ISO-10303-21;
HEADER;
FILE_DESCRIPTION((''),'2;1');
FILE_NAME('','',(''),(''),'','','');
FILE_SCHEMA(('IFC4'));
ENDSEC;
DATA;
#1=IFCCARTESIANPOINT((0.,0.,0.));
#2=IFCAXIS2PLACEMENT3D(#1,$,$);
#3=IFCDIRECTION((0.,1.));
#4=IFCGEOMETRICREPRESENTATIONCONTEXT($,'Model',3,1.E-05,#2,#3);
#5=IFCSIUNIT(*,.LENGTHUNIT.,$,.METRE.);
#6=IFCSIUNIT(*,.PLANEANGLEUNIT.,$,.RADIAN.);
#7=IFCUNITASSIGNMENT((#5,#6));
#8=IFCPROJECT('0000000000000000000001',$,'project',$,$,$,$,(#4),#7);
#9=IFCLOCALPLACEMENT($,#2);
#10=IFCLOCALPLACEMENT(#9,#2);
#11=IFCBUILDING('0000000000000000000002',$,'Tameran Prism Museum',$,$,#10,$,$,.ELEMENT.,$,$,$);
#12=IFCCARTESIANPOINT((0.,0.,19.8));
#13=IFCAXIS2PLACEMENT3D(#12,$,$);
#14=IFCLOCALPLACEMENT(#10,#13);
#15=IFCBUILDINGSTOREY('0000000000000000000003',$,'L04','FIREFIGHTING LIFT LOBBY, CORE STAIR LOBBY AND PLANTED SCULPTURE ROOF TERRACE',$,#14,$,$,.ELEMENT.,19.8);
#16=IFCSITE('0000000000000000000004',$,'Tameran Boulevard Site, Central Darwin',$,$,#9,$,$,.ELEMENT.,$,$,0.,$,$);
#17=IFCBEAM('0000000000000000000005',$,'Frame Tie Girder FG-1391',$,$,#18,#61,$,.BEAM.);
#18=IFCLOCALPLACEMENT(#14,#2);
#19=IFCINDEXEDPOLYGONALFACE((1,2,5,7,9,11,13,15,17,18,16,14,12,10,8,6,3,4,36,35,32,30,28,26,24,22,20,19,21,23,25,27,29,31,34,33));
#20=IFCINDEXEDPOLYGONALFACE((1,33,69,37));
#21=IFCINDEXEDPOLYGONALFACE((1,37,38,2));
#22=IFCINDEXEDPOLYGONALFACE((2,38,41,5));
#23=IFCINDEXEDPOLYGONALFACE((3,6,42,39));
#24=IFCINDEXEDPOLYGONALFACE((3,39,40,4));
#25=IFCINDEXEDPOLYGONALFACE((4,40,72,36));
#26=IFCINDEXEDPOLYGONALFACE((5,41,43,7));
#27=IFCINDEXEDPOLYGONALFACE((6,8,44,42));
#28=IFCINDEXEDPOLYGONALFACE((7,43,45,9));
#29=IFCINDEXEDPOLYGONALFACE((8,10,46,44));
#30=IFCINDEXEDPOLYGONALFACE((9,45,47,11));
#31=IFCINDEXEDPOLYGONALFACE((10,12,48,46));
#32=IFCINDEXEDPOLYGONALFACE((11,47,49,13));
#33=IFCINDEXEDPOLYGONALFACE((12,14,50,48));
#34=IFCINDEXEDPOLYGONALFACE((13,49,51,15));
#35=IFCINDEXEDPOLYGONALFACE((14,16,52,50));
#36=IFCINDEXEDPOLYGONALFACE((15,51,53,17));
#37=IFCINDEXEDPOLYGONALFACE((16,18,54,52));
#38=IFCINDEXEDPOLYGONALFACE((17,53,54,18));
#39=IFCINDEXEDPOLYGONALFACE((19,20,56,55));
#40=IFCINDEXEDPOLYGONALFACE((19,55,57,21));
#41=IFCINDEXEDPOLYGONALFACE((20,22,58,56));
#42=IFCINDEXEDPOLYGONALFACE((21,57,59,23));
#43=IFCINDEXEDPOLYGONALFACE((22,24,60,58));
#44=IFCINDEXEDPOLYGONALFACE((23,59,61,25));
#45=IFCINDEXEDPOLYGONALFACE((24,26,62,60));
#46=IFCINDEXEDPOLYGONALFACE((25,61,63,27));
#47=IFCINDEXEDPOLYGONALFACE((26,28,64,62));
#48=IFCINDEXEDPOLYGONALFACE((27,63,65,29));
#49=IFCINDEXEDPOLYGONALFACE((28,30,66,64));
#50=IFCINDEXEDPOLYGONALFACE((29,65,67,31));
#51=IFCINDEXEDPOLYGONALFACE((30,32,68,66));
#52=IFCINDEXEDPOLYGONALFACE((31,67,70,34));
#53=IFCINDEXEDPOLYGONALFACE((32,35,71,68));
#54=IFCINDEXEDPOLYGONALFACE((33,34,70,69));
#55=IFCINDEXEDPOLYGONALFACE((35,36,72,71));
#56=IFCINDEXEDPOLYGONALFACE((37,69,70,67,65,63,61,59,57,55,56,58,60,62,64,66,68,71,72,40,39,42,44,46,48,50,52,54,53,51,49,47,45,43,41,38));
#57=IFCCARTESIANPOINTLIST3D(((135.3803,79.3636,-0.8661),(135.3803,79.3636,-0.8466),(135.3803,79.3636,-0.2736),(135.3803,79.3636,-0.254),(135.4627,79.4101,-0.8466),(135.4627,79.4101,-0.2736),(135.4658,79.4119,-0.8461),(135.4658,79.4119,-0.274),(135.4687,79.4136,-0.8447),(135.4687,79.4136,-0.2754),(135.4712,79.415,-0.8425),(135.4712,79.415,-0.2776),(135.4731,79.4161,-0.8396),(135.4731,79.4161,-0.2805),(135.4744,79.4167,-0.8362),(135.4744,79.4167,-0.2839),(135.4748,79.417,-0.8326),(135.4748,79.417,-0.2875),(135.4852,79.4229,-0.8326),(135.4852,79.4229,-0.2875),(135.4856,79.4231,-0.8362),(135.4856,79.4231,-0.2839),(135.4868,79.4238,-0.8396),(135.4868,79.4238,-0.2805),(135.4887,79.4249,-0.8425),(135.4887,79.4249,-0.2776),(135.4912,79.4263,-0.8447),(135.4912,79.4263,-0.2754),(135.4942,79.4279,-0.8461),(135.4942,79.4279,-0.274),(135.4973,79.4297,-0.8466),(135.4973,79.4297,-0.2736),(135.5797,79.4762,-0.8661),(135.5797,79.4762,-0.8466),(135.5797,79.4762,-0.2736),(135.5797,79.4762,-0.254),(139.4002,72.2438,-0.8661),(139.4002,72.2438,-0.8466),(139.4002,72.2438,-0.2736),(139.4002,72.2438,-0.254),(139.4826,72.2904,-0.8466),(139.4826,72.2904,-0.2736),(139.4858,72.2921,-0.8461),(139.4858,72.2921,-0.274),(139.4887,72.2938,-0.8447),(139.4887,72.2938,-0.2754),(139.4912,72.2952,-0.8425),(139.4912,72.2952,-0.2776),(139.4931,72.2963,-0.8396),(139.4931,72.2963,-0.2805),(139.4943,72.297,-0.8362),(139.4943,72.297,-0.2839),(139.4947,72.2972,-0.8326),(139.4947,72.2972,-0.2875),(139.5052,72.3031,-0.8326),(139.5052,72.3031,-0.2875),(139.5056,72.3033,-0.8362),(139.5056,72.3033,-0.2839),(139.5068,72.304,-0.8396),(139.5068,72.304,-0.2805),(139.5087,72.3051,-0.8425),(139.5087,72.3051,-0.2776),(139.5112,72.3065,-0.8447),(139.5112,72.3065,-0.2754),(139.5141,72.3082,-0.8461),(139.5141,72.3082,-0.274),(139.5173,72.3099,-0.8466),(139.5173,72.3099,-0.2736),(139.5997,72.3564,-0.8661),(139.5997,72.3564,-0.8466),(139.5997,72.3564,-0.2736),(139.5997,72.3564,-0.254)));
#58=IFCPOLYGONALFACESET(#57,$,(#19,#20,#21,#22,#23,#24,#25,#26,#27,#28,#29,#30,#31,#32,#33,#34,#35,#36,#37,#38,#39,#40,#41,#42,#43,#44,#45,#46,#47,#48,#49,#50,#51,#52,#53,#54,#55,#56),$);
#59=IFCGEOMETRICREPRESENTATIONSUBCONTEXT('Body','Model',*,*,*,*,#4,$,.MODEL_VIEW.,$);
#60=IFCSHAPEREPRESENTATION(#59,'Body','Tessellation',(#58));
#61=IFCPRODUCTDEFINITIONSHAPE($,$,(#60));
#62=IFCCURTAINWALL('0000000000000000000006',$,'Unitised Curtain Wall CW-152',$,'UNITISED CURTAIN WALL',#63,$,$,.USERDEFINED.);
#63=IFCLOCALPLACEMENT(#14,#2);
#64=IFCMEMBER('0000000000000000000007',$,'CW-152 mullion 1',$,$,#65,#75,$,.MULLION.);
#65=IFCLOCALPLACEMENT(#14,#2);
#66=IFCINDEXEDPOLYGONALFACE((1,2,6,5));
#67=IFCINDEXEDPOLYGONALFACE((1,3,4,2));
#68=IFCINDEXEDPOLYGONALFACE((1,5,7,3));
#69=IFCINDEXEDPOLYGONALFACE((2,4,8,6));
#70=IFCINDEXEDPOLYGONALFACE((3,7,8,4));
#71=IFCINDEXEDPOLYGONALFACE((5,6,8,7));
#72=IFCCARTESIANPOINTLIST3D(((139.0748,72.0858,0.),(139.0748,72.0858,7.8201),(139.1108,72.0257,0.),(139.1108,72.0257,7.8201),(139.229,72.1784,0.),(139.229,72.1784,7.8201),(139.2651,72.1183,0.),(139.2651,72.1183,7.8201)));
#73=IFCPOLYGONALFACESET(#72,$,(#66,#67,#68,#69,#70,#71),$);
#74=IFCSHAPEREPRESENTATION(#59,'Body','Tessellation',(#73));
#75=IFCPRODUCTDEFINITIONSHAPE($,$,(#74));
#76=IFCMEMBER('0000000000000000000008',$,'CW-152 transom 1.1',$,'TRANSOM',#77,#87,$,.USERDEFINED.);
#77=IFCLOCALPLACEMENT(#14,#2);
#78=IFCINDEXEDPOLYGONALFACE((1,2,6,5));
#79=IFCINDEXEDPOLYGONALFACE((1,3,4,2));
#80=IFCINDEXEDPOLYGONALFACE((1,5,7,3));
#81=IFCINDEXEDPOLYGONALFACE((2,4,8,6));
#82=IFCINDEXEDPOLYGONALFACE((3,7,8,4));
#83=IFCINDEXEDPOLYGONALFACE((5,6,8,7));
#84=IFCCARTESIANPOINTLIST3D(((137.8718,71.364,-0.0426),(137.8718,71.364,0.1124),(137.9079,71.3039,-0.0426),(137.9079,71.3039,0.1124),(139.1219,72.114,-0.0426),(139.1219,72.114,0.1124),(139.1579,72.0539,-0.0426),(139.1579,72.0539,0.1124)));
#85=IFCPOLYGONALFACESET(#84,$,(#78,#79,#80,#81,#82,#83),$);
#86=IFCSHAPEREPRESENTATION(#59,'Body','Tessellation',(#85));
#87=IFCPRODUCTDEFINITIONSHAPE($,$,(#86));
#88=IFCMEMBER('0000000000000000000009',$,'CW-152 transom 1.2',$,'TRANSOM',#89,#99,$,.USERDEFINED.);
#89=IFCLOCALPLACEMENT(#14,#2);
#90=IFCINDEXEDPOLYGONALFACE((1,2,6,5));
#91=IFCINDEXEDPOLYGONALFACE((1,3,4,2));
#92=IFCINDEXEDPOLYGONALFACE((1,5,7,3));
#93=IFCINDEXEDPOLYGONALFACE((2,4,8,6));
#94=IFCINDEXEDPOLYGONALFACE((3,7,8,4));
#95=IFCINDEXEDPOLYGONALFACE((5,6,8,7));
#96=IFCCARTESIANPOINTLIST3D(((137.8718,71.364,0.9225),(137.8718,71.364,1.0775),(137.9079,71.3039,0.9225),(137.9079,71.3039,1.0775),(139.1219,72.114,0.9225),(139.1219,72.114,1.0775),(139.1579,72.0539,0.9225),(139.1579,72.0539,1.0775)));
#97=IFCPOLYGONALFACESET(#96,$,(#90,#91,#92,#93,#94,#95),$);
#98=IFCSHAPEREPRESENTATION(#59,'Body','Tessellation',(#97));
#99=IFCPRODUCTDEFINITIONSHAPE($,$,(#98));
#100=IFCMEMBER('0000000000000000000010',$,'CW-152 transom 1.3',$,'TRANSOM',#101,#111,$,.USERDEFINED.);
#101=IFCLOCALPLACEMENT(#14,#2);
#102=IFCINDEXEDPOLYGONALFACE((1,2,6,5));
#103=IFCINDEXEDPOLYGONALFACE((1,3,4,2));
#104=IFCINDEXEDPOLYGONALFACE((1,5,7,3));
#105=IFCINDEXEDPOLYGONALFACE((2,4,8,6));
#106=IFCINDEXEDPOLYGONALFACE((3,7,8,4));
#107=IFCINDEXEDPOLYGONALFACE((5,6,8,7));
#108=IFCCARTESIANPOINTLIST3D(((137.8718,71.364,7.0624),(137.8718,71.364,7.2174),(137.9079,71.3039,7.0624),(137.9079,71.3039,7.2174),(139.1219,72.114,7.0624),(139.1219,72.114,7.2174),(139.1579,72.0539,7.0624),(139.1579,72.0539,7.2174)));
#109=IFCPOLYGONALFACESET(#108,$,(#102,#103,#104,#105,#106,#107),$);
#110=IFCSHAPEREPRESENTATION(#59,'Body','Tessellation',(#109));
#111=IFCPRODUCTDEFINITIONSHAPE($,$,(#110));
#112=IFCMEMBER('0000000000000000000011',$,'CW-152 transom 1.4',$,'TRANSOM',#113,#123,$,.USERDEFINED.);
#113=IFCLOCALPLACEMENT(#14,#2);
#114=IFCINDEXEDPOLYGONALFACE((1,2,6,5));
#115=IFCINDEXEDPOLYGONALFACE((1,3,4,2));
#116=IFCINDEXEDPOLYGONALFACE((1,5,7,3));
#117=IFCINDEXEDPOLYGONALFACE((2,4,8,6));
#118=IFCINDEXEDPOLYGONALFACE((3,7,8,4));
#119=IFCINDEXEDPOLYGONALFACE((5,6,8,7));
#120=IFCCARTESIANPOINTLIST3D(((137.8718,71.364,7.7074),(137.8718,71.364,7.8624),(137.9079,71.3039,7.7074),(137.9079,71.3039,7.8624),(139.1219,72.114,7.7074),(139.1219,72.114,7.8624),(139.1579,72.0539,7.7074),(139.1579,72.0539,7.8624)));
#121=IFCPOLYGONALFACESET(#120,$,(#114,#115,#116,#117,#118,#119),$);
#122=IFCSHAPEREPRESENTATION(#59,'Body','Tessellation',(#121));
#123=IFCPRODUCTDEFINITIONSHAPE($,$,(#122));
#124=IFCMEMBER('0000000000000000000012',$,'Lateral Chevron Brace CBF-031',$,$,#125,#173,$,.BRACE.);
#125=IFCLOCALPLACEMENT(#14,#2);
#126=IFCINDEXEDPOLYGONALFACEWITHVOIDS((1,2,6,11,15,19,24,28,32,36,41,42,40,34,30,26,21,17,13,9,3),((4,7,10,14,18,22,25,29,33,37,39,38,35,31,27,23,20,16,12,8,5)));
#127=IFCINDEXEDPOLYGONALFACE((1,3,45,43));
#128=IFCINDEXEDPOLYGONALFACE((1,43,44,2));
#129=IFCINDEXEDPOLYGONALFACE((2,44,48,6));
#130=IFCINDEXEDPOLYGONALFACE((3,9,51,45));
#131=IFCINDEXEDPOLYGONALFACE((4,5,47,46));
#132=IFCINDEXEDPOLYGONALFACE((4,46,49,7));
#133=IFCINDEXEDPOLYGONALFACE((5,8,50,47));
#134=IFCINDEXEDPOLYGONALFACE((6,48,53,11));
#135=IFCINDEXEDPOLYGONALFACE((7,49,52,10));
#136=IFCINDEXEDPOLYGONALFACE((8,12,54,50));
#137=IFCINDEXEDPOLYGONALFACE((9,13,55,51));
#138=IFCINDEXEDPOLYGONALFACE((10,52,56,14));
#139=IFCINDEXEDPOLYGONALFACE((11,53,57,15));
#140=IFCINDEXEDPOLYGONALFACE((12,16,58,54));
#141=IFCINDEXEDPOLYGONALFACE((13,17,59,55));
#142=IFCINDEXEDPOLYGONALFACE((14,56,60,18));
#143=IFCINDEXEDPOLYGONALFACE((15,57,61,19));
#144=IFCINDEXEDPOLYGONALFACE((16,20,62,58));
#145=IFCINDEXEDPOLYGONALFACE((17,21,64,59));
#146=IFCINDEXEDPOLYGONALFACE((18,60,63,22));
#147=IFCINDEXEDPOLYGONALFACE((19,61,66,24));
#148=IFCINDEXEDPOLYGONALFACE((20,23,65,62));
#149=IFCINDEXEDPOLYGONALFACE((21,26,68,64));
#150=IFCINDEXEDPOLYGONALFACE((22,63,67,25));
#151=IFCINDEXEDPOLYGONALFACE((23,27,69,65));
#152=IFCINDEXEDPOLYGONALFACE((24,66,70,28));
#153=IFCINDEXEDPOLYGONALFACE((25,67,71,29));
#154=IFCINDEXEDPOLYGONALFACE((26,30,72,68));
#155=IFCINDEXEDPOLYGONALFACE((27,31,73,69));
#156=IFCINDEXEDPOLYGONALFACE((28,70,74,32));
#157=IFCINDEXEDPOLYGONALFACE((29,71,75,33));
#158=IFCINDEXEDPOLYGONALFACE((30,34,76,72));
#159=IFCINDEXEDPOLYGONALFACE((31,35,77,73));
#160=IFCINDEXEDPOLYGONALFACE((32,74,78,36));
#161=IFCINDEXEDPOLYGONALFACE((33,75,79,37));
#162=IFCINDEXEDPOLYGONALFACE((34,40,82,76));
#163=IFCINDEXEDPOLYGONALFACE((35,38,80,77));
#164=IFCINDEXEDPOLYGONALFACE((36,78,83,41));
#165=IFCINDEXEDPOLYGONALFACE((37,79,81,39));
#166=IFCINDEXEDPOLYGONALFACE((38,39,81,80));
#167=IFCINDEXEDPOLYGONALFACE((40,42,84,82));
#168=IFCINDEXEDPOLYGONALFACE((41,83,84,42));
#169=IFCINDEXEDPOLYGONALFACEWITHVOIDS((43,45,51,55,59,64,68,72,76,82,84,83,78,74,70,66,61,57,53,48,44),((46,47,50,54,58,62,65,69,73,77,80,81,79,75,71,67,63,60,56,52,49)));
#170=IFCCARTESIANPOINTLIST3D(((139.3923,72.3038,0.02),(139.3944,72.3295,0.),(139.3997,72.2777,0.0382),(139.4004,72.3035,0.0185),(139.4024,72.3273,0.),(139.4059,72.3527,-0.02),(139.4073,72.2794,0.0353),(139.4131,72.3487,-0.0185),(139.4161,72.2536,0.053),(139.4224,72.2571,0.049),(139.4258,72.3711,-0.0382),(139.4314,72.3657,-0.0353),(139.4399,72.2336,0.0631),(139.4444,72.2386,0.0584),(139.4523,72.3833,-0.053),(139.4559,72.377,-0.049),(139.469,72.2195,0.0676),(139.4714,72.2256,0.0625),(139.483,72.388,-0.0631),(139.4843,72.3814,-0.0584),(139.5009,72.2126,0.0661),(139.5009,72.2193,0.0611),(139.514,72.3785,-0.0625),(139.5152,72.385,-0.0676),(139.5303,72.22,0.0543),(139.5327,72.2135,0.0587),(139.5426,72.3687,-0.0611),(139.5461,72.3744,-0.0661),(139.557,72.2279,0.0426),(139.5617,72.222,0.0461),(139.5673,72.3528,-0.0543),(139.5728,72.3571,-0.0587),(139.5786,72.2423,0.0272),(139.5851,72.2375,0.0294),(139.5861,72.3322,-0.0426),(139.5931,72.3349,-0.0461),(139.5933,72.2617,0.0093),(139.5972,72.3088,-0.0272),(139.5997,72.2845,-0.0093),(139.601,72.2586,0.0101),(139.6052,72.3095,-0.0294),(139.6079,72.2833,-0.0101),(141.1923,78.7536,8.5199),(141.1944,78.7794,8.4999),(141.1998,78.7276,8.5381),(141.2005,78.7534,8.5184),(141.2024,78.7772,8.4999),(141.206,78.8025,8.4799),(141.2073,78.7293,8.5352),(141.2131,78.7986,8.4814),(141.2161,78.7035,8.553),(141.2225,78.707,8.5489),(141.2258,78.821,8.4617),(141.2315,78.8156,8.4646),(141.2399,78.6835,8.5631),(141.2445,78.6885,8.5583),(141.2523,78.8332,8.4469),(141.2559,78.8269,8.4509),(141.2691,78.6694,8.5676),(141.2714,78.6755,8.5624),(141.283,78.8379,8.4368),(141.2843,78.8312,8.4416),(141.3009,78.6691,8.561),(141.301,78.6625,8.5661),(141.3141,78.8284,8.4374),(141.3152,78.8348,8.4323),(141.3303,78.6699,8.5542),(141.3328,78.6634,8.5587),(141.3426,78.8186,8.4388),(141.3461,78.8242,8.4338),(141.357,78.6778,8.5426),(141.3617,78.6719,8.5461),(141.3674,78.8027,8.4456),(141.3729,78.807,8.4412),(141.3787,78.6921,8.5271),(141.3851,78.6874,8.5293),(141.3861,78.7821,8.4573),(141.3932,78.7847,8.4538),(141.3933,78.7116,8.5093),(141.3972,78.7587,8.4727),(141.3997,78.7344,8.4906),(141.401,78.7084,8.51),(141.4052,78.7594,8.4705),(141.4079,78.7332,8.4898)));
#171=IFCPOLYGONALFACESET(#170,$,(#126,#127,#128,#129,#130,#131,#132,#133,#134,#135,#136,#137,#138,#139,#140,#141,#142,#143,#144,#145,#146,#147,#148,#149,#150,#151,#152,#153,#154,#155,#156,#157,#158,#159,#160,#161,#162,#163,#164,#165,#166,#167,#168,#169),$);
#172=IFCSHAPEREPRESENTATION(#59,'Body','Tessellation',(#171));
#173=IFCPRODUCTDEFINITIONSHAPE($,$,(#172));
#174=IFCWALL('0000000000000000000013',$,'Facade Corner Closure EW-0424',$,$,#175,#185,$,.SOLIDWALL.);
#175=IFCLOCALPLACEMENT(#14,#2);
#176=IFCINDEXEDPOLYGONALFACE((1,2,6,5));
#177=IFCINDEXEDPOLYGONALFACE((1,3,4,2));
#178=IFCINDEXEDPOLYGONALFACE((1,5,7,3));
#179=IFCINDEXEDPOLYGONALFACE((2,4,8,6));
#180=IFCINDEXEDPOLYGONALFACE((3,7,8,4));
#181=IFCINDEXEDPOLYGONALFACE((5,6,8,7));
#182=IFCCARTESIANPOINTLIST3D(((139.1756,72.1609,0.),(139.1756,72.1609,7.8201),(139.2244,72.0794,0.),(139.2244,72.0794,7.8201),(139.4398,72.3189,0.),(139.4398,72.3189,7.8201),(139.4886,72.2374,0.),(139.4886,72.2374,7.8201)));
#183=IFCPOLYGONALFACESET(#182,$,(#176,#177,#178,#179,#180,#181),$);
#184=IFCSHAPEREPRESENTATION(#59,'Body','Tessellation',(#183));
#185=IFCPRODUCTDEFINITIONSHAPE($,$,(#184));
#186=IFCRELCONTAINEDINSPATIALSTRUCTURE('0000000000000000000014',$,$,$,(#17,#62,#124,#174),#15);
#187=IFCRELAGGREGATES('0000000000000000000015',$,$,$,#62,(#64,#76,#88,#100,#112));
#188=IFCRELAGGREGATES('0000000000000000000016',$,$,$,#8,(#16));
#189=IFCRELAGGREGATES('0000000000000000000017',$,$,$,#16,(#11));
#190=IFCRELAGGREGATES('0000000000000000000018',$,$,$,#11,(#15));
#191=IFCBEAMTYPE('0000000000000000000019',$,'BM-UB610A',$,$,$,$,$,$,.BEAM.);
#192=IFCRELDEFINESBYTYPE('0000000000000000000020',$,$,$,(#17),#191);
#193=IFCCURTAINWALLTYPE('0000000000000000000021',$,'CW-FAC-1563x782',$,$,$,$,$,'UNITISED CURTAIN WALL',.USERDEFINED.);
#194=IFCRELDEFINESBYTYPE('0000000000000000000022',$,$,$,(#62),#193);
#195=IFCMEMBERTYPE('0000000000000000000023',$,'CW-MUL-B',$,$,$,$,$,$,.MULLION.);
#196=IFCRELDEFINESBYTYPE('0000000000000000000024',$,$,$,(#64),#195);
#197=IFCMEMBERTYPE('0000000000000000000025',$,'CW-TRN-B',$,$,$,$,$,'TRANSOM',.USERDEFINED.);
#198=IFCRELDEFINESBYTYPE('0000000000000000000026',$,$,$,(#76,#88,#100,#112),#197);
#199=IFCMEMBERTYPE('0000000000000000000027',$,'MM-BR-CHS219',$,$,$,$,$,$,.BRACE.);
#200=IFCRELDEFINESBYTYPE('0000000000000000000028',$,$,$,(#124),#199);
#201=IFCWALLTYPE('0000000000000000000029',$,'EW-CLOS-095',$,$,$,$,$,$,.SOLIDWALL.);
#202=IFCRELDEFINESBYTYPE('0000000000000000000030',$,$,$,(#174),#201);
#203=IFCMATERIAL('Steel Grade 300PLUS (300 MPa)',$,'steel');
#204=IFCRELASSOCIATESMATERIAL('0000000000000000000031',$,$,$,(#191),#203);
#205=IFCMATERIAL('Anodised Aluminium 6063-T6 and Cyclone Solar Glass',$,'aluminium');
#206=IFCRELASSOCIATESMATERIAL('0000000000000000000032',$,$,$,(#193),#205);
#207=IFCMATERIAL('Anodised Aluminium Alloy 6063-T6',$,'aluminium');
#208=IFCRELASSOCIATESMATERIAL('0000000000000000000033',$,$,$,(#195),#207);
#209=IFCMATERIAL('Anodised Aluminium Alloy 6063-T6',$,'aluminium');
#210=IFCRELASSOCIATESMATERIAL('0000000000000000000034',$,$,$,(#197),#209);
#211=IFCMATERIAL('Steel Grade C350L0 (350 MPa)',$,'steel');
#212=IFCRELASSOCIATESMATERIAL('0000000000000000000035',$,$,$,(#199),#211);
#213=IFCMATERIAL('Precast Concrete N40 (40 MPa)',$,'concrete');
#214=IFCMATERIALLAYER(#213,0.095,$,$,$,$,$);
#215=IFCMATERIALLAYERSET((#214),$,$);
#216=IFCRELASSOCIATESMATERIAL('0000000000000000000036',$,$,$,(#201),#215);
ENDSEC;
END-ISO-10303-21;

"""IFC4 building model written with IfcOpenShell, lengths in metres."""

from ifc_helpers import new_model, si_unit, direction, frame, frame_2d, origin, origin_2d, place, context, subcontext, project, spatial, rectangle, hollow_circle, i_section, extrude, material, layer, layer_set, material_profile, profile_set, type_object, element, aggregate, save


model = new_model("IFC4")

# Units and contexts
model_context = context("Model", 3, precision=1e-05, world=origin(), true_north=direction((0.0, 1.0)))
body_context = subcontext(model_context, "Body", "Model", "MODEL_VIEW")
ifc_project = project(units=[si_unit("LENGTHUNIT", "METRE"), si_unit("PLANEANGLEUNIT", "RADIAN")], contexts=[model_context])

# Site, building, storey
site_placement = place(None, origin())
site = spatial("IfcSite", under=ifc_project, at=site_placement, Name="Tameran Boulevard Site, Central Darwin", CompositionType="ELEMENT", RefElevation=0.0)
building_placement = place(site_placement, origin())
building = spatial("IfcBuilding", under=site, at=building_placement, Name="Tameran Prism Museum", CompositionType="ELEMENT")
storey_placement = place(building_placement, frame((0.0, 0.0, 19.8)))
storey = spatial("IfcBuildingStorey", under=building, at=storey_placement, Name="L04", Description="FIREFIGHTING LIFT LOBBY, CORE STAIR LOBBY AND PLANTED SCULPTURE ROOF TERRACE", CompositionType="ELEMENT", Elevation=19.8)

# Beam
ifc_material_1 = material(Name="Steel Grade 300PLUS (300 MPa)", Category="steel")
ifc_material_profile_1 = material_profile(ifc_material_1, i_section(OverallWidth=0.229, OverallDepth=0.6121, WebThickness=0.012, FlangeThickness=0.0195, FilletRadius=0.0139, at=origin_2d()))
ifc_profile_set_1 = profile_set([ifc_material_profile_1])
beam_type_1 = type_object("IfcBeamType", Name="BM-UB610A", PredefinedType="BEAM", material=ifc_profile_set_1)
beam_1_placement = place(storey_placement, frame((135.48, 79.4199, -0.5601), z_axis=(0.491663, -0.870786, 0.0), x_axis=(0.870786, 0.491663, 0.0)))
element("IfcBeam", 1, at=beam_1_placement, inside=storey, type_object=beam_type_1, Name="Frame Tie Girder FG-1391", PredefinedType="BEAM", context=body_context, shape_type="SweptSolid", body=[
    extrude(i_section(OverallWidth=0.229, OverallDepth=0.6121, WebThickness=0.012, FlangeThickness=0.0195, FilletRadius=0.0139, at=origin_2d()), origin(), (0.0, 0.0, 1.0), 8.1763),
])

# Curtain wall, members
ifc_material_2 = material(Name="Anodised Aluminium 6063-T6 and Cyclone Solar Glass", Category="aluminium")
curtain_wall_type = type_object("IfcCurtainWallType", Name="CW-FAC-1563x782", ElementType="UNITISED CURTAIN WALL", PredefinedType="USERDEFINED", material=ifc_material_2)
curtain_wall_placement = place(storey_placement, origin())
curtain_wall = element("IfcCurtainWall", 2, at=curtain_wall_placement, inside=storey, type_object=curtain_wall_type, Name="Unitised Curtain Wall CW-152", ObjectType="UNITISED CURTAIN WALL", PredefinedType="USERDEFINED")
ifc_material_3 = material(Name="Anodised Aluminium Alloy 6063-T6", Category="aluminium")
ifc_material_profile_2 = material_profile(ifc_material_3, rectangle(XDim=0.0701, YDim=0.1799, at=origin_2d()))
ifc_profile_set_2 = profile_set([ifc_material_profile_2])
member_type_1 = type_object("IfcMemberType", Name="CW-MUL-B", PredefinedType="MULLION", material=ifc_profile_set_2)
member_1_placement = place(storey_placement, frame((139.1699, 72.1021, 0.0), z_axis=(0.0, 0.0, 1.0), x_axis=(0.514496, -0.857493, 0.0)))
member_1 = element("IfcMember", 3, at=member_1_placement, type_object=member_type_1, Name="CW-152 mullion 1", PredefinedType="MULLION", context=body_context, shape_type="SweptSolid", body=[
    extrude(rectangle(XDim=0.0701, YDim=0.1799, at=origin_2d()), origin(), (0.0, 0.0, 1.0), 7.8201),
])
ifc_material_4 = material(Name="Anodised Aluminium Alloy 6063-T6", Category="aluminium")
ifc_material_profile_3 = material_profile(ifc_material_4, rectangle(XDim=0.0701, YDim=0.155, at=origin_2d()))
ifc_profile_set_3 = profile_set([ifc_material_profile_3])
member_type_2 = type_object("IfcMemberType", Name="CW-TRN-B", ElementType="TRANSOM", PredefinedType="USERDEFINED", material=ifc_profile_set_3)
member_2_placement = place(storey_placement, frame((139.1399, 72.084, 0.0349), z_axis=(-0.857493, -0.514496, 0.0), x_axis=(0.514496, -0.857493, 0.0)))
member_2 = element("IfcMember", 4, at=member_2_placement, type_object=member_type_2, Name="CW-152 transom 1.1", ObjectType="TRANSOM", PredefinedType="USERDEFINED", context=body_context, shape_type="SweptSolid", body=[
    extrude(rectangle(XDim=0.0701, YDim=0.155, at=origin_2d()), origin(), (0.0, 0.0, 1.0), 1.4578),
])
member_3_placement = place(storey_placement, frame((139.1399, 72.084, 1.0), z_axis=(-0.857493, -0.514496, 0.0), x_axis=(0.514496, -0.857493, 0.0)))
member_3 = element("IfcMember", 5, at=member_3_placement, type_object=member_type_2, Name="CW-152 transom 1.2", ObjectType="TRANSOM", PredefinedType="USERDEFINED", context=body_context, shape_type="SweptSolid", body=[
    extrude(rectangle(XDim=0.0701, YDim=0.155, at=origin_2d()), origin(), (0.0, 0.0, 1.0), 1.4578),
])
member_4_placement = place(storey_placement, frame((139.1399, 72.084, 7.1399), z_axis=(-0.857493, -0.514496, 0.0), x_axis=(0.514496, -0.857493, 0.0)))
member_4 = element("IfcMember", 6, at=member_4_placement, type_object=member_type_2, Name="CW-152 transom 1.3", ObjectType="TRANSOM", PredefinedType="USERDEFINED", context=body_context, shape_type="SweptSolid", body=[
    extrude(rectangle(XDim=0.0701, YDim=0.155, at=origin_2d()), origin(), (0.0, 0.0, 1.0), 1.4578),
])
member_5_placement = place(storey_placement, frame((139.1399, 72.084, 7.7849), z_axis=(-0.857493, -0.514496, 0.0), x_axis=(0.514496, -0.857493, 0.0)))
member_5 = element("IfcMember", 7, at=member_5_placement, type_object=member_type_2, Name="CW-152 transom 1.4", ObjectType="TRANSOM", PredefinedType="USERDEFINED", context=body_context, shape_type="SweptSolid", body=[
    extrude(rectangle(XDim=0.0701, YDim=0.155, at=origin_2d()), origin(), (0.0, 0.0, 1.0), 1.4578),
])
aggregate(curtain_wall, [member_1, member_2, member_3, member_4, member_5])

# Member
ifc_material_5 = material(Name="Steel Grade C350L0 (350 MPa)", Category="steel")
ifc_material_profile_4 = material_profile(ifc_material_5, hollow_circle(Radius=0.1096, WallThickness=0.0083, at=origin_2d()))
ifc_profile_set_4 = profile_set([ifc_material_profile_4])
member_type_3 = type_object("IfcMemberType", Name="MM-BR-CHS219", PredefinedType="BRACE", material=ifc_profile_set_4)
member_6_placement = place(storey_placement, frame((139.5, 72.3, 0.0), z_axis=(0.166349, 0.596064, 0.785516), x_axis=(-0.963194, 0.268808, 0.0)))
element("IfcMember", 8, at=member_6_placement, inside=storey, type_object=member_type_3, Name="Lateral Chevron Brace CBF-031", PredefinedType="BRACE", context=body_context, shape_type="SweptSolid", body=[
    extrude(hollow_circle(Radius=0.1096, WallThickness=0.0083, at=origin_2d()), origin(), (0.0, 0.0, 1.0), 10.8208),
])

# Wall
ifc_material_6 = material(Name="Precast Concrete N40 (40 MPa)", Category="concrete")
ifc_layer_1 = layer(ifc_material_6, 0.095)
ifc_layer_set_1 = layer_set([ifc_layer_1])
wall_type_1 = type_object("IfcWallType", Name="EW-CLOS-095", PredefinedType="SOLIDWALL", material=ifc_layer_set_1)
wall_1_placement = place(storey_placement, frame((139.4641, 72.2781, 0.0), z_axis=(0.0, 0.0, 1.0), x_axis=(-0.858262, -0.513212, 0.0)))
element("IfcWall", 9, at=wall_1_placement, inside=storey, type_object=wall_type_1, Name="Facade Corner Closure EW-0424", PredefinedType="SOLIDWALL", context=body_context, shape_type="SweptSolid", body=[
    extrude(rectangle(XDim=0.3079, YDim=0.095, at=frame_2d((0.1538, 0.0))), origin(), (0.0, 0.0, 1.0), 7.8201),
])

save(model, "model.ifc")
